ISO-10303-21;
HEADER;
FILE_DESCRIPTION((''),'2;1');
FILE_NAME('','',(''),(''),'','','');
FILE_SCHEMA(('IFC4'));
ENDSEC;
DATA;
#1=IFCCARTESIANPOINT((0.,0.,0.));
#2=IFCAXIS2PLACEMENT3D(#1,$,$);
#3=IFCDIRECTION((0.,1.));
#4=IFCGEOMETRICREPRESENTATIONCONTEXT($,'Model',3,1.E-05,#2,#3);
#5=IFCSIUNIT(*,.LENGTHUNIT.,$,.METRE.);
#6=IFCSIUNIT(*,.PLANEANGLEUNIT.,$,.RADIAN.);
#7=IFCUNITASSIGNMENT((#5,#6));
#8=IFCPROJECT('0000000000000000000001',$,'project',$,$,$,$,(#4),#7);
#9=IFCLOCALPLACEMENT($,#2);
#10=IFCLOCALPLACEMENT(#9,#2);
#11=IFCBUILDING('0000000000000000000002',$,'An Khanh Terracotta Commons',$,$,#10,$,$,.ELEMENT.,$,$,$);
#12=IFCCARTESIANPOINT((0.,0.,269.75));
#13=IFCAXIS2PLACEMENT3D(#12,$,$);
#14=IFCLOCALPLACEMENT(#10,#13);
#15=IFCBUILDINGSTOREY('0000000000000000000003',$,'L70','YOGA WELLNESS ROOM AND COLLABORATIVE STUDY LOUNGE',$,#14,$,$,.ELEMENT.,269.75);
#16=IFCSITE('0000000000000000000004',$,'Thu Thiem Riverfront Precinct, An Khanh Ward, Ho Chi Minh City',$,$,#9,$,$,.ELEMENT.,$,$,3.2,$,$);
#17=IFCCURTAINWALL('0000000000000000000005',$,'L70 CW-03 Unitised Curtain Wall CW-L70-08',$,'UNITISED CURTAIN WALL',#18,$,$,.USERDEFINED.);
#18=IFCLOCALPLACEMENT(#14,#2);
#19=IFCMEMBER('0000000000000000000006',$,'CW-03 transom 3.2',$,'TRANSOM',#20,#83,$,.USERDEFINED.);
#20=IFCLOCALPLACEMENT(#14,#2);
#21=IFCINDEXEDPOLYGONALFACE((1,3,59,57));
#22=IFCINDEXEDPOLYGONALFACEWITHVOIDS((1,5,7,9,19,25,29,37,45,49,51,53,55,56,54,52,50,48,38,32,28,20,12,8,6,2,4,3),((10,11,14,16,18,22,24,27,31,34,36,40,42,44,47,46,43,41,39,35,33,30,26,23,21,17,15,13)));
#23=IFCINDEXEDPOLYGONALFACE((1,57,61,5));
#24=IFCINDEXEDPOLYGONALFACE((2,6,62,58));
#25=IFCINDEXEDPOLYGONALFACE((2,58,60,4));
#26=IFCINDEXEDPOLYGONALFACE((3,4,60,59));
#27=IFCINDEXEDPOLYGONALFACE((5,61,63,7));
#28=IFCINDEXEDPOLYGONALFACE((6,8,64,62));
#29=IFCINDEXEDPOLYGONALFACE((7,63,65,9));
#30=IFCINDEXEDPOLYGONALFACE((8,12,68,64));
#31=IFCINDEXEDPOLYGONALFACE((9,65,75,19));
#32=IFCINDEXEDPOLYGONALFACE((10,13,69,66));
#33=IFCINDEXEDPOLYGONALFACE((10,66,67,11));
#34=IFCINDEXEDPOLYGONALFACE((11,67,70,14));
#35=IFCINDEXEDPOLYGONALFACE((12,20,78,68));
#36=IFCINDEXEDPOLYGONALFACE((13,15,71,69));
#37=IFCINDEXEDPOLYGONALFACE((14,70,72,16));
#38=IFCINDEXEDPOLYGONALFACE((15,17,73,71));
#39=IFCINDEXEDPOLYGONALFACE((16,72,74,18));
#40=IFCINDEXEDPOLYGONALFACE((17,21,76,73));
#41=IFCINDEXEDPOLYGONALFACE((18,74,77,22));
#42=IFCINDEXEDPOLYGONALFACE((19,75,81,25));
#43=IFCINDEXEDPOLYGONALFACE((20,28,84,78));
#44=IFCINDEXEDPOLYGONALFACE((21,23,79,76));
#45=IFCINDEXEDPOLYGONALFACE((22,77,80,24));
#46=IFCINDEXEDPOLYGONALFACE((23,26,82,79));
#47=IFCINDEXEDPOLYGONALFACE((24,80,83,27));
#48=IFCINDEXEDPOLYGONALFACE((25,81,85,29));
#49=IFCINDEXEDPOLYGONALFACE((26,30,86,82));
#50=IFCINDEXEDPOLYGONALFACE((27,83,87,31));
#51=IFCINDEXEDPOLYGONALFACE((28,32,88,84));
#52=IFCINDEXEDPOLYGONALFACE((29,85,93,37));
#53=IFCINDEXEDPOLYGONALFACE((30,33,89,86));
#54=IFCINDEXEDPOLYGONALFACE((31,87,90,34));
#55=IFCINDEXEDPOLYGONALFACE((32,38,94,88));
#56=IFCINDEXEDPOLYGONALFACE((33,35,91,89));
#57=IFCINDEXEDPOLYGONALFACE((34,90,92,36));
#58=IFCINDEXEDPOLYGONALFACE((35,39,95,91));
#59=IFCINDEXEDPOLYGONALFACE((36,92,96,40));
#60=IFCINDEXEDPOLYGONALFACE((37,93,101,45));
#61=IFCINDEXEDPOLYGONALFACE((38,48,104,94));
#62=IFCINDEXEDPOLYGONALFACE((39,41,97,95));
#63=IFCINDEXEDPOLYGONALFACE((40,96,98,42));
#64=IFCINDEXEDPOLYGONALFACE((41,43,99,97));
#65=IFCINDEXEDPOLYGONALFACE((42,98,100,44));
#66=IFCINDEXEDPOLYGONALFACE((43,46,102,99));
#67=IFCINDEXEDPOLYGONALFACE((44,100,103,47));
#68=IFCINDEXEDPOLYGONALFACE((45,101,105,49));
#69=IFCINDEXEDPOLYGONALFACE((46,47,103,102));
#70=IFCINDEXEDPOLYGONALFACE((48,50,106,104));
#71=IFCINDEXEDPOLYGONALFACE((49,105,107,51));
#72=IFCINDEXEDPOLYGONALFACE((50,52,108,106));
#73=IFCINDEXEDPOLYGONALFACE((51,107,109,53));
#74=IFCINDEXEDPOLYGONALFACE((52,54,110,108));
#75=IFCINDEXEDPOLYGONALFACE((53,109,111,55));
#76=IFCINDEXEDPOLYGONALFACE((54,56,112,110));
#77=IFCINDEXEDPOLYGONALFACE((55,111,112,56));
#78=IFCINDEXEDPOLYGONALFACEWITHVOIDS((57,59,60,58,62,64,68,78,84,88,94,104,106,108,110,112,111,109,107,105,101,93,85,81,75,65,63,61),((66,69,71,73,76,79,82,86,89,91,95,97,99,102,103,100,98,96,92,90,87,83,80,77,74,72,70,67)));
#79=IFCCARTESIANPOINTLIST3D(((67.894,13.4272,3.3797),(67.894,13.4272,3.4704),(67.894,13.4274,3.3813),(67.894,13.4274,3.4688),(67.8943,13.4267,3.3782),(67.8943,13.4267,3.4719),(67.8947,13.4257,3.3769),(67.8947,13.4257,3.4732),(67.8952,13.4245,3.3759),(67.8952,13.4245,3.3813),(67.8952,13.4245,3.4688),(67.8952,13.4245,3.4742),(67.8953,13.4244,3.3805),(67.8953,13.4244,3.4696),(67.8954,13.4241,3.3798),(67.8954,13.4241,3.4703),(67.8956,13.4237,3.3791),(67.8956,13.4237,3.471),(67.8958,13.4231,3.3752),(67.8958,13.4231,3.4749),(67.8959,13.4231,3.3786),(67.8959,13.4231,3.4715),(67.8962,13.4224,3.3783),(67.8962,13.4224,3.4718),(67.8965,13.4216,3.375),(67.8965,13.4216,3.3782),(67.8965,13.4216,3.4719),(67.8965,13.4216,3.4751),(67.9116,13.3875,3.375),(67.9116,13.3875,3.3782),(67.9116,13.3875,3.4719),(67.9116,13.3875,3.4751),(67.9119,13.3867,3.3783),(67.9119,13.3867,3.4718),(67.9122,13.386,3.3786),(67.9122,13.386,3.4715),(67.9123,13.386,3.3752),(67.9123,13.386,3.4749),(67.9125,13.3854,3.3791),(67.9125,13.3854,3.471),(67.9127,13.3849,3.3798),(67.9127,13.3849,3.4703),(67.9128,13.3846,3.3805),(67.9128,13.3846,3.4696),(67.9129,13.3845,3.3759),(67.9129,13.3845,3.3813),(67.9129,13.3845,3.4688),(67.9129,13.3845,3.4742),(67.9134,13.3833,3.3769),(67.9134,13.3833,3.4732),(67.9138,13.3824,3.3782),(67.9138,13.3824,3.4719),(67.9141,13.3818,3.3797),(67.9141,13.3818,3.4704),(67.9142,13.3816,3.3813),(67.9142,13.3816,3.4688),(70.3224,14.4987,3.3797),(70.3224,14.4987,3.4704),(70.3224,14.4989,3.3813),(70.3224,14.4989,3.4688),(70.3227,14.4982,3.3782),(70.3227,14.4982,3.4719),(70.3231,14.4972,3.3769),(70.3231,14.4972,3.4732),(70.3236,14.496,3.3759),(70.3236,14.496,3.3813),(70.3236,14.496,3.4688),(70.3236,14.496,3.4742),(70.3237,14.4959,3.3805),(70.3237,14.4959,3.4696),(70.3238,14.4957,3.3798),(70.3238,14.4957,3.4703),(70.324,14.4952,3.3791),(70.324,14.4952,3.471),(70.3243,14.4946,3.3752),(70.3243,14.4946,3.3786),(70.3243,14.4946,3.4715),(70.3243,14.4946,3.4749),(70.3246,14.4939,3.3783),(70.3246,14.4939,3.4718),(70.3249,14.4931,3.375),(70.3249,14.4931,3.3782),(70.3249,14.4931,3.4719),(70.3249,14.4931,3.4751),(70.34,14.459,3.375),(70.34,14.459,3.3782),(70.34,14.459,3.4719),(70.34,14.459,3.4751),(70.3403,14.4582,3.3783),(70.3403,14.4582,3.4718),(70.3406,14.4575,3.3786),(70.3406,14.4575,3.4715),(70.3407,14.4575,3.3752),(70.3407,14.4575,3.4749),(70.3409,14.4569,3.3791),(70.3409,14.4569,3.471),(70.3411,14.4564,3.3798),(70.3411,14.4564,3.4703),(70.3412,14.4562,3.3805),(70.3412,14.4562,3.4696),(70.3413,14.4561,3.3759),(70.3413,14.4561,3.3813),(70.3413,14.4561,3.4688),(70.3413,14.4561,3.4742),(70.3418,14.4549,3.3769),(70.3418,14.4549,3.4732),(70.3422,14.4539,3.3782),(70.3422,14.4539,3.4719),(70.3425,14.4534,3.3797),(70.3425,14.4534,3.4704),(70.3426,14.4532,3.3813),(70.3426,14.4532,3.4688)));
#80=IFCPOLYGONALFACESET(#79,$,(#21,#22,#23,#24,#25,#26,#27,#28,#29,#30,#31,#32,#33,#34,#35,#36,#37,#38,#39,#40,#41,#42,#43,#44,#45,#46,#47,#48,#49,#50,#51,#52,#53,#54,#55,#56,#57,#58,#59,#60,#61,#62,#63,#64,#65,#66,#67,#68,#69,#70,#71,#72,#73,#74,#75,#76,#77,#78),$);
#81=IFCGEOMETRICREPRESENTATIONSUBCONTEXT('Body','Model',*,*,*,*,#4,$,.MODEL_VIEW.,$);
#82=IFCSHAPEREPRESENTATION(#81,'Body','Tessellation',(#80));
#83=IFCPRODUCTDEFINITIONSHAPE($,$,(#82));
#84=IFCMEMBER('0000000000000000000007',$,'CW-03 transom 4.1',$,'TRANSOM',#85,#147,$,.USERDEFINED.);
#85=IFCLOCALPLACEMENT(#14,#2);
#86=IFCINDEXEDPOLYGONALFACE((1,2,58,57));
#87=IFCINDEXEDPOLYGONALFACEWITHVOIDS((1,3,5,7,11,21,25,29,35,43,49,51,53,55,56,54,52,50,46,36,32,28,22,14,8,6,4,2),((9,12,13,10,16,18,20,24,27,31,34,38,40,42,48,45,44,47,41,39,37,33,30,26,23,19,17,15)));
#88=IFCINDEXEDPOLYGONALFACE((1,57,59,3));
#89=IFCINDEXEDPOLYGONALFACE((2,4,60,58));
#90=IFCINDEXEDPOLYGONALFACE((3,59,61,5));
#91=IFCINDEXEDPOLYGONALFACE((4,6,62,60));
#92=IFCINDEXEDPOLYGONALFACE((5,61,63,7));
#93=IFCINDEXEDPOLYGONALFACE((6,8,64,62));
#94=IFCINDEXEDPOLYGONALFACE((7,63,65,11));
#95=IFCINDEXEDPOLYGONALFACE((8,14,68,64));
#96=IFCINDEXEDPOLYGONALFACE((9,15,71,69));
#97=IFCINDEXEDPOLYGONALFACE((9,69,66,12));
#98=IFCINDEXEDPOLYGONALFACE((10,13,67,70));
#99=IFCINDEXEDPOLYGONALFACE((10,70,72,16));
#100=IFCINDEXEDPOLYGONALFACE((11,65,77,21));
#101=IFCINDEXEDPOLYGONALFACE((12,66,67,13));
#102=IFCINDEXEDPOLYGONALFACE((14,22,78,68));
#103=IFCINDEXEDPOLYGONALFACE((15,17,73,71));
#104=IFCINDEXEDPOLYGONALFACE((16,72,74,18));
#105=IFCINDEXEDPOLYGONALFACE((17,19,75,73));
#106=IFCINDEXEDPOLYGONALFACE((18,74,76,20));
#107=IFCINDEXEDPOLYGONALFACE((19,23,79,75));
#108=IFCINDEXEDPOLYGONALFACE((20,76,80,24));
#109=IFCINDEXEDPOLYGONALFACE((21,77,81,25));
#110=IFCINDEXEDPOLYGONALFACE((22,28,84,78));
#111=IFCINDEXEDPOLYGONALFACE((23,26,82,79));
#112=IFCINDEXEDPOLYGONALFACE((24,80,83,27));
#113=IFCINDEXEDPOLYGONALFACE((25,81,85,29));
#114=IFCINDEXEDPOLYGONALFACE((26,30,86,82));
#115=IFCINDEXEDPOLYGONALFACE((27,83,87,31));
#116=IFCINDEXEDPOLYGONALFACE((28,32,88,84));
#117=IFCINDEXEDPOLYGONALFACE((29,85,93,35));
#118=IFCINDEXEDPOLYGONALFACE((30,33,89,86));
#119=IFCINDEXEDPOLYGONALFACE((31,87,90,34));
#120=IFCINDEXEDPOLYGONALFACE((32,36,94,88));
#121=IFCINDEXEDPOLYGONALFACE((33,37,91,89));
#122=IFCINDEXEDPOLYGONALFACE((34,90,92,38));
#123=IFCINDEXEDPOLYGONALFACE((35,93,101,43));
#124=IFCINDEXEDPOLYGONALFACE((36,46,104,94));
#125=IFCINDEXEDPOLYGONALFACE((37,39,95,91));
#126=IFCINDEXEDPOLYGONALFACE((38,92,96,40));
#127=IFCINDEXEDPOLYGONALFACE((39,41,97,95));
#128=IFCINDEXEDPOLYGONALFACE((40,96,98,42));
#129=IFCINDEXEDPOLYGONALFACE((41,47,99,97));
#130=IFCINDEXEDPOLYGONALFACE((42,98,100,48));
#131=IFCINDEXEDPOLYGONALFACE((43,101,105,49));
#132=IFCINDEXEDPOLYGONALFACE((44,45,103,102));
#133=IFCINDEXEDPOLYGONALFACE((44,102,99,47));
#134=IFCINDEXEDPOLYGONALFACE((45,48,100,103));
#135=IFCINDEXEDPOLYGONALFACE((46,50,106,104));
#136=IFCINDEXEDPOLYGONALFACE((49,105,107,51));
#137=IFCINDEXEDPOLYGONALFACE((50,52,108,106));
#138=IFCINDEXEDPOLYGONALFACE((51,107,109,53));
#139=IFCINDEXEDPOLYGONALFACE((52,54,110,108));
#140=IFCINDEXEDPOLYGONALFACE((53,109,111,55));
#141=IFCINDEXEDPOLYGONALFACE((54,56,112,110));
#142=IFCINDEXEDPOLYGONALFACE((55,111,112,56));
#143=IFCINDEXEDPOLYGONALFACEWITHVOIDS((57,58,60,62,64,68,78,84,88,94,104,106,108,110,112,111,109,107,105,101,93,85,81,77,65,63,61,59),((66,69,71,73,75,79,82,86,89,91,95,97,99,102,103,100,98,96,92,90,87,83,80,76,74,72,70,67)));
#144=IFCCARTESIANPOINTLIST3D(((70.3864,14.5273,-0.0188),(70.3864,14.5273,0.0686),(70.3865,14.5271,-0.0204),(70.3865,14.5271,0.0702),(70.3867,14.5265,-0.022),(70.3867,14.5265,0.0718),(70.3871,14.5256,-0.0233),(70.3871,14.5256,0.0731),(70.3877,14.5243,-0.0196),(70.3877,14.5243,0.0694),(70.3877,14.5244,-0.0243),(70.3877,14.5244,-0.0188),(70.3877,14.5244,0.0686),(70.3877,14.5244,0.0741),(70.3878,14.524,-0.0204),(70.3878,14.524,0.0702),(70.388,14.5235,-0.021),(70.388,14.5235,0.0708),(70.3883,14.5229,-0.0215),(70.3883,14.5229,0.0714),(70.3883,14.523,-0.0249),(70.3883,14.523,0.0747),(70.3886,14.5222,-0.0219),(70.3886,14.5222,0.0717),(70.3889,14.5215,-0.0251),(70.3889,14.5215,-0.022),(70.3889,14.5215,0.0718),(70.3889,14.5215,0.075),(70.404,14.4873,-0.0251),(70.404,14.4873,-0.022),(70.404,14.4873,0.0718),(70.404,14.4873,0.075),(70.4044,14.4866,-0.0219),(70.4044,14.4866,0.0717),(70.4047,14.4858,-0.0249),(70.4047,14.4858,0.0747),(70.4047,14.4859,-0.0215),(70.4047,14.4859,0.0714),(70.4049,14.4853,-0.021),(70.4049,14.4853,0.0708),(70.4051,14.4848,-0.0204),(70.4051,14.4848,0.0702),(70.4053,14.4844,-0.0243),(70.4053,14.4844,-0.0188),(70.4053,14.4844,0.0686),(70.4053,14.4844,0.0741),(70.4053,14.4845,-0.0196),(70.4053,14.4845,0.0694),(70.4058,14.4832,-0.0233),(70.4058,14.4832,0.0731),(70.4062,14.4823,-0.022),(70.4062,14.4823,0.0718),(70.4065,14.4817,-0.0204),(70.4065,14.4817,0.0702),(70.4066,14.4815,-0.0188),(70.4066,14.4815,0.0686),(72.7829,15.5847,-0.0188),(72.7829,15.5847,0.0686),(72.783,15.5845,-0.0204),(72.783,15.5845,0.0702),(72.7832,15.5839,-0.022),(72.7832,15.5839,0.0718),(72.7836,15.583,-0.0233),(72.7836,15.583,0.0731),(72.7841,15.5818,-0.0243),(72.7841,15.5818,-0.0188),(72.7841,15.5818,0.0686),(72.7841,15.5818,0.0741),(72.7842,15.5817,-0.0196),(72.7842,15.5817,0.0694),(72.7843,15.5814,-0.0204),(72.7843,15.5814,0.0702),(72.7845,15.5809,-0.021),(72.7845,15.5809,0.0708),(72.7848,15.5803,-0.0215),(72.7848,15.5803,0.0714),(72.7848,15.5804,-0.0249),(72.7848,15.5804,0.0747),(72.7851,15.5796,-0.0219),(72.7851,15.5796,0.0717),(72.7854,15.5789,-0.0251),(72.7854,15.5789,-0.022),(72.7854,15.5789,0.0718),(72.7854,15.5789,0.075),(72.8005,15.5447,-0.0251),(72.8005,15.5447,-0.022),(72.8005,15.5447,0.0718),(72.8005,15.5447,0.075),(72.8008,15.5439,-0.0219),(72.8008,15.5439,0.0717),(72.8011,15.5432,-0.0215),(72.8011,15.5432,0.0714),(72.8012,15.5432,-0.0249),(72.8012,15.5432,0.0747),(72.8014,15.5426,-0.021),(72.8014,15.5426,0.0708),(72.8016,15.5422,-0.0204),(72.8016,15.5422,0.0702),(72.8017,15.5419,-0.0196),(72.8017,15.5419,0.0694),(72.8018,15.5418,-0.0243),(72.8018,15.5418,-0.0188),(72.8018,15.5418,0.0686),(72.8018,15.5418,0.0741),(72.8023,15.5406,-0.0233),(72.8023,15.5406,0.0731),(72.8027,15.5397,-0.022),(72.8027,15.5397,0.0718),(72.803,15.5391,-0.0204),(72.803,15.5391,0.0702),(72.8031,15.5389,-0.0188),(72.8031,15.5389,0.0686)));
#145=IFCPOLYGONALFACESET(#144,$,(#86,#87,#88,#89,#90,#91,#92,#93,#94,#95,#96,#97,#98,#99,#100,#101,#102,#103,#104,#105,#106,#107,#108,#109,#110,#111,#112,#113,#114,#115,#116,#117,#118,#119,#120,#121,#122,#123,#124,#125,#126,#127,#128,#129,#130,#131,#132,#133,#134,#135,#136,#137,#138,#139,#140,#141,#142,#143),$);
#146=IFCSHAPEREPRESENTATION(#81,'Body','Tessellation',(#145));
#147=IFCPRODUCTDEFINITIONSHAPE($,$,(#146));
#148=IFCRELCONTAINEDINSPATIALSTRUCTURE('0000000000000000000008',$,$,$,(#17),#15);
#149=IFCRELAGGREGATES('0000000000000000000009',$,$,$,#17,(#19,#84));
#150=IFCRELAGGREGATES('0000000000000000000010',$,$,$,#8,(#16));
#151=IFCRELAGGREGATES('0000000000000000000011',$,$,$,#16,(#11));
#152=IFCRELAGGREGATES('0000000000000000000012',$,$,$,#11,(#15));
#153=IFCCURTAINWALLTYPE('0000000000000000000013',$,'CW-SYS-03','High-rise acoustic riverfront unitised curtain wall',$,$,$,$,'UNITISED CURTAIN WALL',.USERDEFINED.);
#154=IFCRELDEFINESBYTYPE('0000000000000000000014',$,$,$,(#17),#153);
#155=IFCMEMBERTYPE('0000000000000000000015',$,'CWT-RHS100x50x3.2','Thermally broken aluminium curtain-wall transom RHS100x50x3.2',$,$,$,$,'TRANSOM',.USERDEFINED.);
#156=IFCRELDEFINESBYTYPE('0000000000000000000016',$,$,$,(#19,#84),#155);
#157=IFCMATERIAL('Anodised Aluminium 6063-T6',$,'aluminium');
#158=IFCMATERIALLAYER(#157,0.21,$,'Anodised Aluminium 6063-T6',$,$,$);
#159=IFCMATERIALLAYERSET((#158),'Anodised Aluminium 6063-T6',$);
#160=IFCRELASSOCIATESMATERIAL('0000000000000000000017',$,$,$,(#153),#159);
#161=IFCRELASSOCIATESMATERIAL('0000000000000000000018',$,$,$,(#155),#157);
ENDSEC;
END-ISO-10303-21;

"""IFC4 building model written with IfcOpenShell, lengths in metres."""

from ifc_helpers import new_model, si_unit, direction, frame, origin, origin_2d, place, context, subcontext, project, spatial, hollow_rectangle, extrude, material, layer, layer_set, material_profile, profile_set, type_object, element, aggregate, save


model = new_model("IFC4")

# Units and contexts
model_context = context("Model", 3, precision=1e-05, world=origin(), true_north=direction((0.0, 1.0)))
body_context = subcontext(model_context, "Body", "Model", "MODEL_VIEW")
ifc_project = project(units=[si_unit("LENGTHUNIT", "METRE"), si_unit("PLANEANGLEUNIT", "RADIAN")], contexts=[model_context])

# Site, building, storey
site_placement = place(None, origin())
site = spatial("IfcSite", under=ifc_project, at=site_placement, Name="Thu Thiem Riverfront Precinct, An Khanh Ward, Ho Chi Minh City", CompositionType="ELEMENT", RefElevation=3.2)
building_placement = place(site_placement, origin())
building = spatial("IfcBuilding", under=site, at=building_placement, Name="An Khanh Terracotta Commons", CompositionType="ELEMENT")
storey_placement = place(building_placement, frame((0.0, 0.0, 269.75)))
storey = spatial("IfcBuildingStorey", under=building, at=storey_placement, Name="L70", Description="YOGA WELLNESS ROOM AND COLLABORATIVE STUDY LOUNGE", CompositionType="ELEMENT", Elevation=269.75)

# Curtain wall
ifc_material_1 = material(Name="Anodised Aluminium 6063-T6", Category="aluminium")
ifc_layer_1 = layer(ifc_material_1, 0.21, Name="Anodised Aluminium 6063-T6")
ifc_layer_set_1 = layer_set([ifc_layer_1], Name="Anodised Aluminium 6063-T6")
curtain_wall_type = type_object("IfcCurtainWallType", Name="CW-SYS-03", Description="High-rise acoustic riverfront unitised curtain wall", ElementType="UNITISED CURTAIN WALL", PredefinedType="USERDEFINED", material=ifc_layer_set_1)
curtain_wall_1_placement = place(storey_placement, origin())
curtain_wall_1 = element("IfcCurtainWall", 1, at=curtain_wall_1_placement, inside=storey, type_object=curtain_wall_type, Name="L70 CW-03 Unitised Curtain Wall CW-L70-08", ObjectType="UNITISED CURTAIN WALL", PredefinedType="USERDEFINED")

# Members
ifc_material_profile_1 = material_profile(ifc_material_1, hollow_rectangle(XDim=0.05, YDim=0.1001, WallThickness=0.0032, InnerFilletRadius=0.0032, OuterFilletRadius=0.0063, at=origin_2d()), Name="RHS100x50x3.2")
ifc_profile_set_1 = profile_set([ifc_material_profile_1], Name="Anodised Aluminium 6063-T6")
member_type_1 = type_object("IfcMemberType", Name="CWT-RHS100x50x3.2", Description="Thermally broken aluminium curtain-wall transom RHS100x50x3.2", ElementType="TRANSOM", PredefinedType="USERDEFINED", material=ifc_profile_set_1)
member_1_placement = place(storey_placement, frame((67.9041, 13.4045, 3.425), z_axis=(0.914897, 0.403688, 0.0), x_axis=(-0.403688, 0.914897, 0.0)))
member_1 = element("IfcMember", 2, at=member_1_placement, type_object=member_type_1, Name="CW-03 transom 3.2", ObjectType="TRANSOM", PredefinedType="USERDEFINED", context=body_context, shape_type="SweptSolid", body=[
    extrude(hollow_rectangle(XDim=0.05, YDim=0.1001, WallThickness=0.0032, InnerFilletRadius=0.0032, OuterFilletRadius=0.0063, at=origin_2d()), origin(), (0.0, 0.0, 1.0), 2.6543),
])
member_2_placement = place(storey_placement, frame((70.3965, 14.5044, 0.0249), z_axis=(0.914904, 0.403672, 0.0), x_axis=(-0.403672, 0.914904, 0.0)))
member_2 = element("IfcMember", 3, at=member_2_placement, type_object=member_type_1, Name="CW-03 transom 4.1", ObjectType="TRANSOM", PredefinedType="USERDEFINED", context=body_context, shape_type="SweptSolid", body=[
    extrude(hollow_rectangle(XDim=0.05, YDim=0.1001, WallThickness=0.0032, InnerFilletRadius=0.0032, OuterFilletRadius=0.0063, at=origin_2d()), origin(), (0.0, 0.0, 1.0), 2.6194),
])

aggregate(curtain_wall_1, [member_1, member_2])

save(model, "model.ifc")
